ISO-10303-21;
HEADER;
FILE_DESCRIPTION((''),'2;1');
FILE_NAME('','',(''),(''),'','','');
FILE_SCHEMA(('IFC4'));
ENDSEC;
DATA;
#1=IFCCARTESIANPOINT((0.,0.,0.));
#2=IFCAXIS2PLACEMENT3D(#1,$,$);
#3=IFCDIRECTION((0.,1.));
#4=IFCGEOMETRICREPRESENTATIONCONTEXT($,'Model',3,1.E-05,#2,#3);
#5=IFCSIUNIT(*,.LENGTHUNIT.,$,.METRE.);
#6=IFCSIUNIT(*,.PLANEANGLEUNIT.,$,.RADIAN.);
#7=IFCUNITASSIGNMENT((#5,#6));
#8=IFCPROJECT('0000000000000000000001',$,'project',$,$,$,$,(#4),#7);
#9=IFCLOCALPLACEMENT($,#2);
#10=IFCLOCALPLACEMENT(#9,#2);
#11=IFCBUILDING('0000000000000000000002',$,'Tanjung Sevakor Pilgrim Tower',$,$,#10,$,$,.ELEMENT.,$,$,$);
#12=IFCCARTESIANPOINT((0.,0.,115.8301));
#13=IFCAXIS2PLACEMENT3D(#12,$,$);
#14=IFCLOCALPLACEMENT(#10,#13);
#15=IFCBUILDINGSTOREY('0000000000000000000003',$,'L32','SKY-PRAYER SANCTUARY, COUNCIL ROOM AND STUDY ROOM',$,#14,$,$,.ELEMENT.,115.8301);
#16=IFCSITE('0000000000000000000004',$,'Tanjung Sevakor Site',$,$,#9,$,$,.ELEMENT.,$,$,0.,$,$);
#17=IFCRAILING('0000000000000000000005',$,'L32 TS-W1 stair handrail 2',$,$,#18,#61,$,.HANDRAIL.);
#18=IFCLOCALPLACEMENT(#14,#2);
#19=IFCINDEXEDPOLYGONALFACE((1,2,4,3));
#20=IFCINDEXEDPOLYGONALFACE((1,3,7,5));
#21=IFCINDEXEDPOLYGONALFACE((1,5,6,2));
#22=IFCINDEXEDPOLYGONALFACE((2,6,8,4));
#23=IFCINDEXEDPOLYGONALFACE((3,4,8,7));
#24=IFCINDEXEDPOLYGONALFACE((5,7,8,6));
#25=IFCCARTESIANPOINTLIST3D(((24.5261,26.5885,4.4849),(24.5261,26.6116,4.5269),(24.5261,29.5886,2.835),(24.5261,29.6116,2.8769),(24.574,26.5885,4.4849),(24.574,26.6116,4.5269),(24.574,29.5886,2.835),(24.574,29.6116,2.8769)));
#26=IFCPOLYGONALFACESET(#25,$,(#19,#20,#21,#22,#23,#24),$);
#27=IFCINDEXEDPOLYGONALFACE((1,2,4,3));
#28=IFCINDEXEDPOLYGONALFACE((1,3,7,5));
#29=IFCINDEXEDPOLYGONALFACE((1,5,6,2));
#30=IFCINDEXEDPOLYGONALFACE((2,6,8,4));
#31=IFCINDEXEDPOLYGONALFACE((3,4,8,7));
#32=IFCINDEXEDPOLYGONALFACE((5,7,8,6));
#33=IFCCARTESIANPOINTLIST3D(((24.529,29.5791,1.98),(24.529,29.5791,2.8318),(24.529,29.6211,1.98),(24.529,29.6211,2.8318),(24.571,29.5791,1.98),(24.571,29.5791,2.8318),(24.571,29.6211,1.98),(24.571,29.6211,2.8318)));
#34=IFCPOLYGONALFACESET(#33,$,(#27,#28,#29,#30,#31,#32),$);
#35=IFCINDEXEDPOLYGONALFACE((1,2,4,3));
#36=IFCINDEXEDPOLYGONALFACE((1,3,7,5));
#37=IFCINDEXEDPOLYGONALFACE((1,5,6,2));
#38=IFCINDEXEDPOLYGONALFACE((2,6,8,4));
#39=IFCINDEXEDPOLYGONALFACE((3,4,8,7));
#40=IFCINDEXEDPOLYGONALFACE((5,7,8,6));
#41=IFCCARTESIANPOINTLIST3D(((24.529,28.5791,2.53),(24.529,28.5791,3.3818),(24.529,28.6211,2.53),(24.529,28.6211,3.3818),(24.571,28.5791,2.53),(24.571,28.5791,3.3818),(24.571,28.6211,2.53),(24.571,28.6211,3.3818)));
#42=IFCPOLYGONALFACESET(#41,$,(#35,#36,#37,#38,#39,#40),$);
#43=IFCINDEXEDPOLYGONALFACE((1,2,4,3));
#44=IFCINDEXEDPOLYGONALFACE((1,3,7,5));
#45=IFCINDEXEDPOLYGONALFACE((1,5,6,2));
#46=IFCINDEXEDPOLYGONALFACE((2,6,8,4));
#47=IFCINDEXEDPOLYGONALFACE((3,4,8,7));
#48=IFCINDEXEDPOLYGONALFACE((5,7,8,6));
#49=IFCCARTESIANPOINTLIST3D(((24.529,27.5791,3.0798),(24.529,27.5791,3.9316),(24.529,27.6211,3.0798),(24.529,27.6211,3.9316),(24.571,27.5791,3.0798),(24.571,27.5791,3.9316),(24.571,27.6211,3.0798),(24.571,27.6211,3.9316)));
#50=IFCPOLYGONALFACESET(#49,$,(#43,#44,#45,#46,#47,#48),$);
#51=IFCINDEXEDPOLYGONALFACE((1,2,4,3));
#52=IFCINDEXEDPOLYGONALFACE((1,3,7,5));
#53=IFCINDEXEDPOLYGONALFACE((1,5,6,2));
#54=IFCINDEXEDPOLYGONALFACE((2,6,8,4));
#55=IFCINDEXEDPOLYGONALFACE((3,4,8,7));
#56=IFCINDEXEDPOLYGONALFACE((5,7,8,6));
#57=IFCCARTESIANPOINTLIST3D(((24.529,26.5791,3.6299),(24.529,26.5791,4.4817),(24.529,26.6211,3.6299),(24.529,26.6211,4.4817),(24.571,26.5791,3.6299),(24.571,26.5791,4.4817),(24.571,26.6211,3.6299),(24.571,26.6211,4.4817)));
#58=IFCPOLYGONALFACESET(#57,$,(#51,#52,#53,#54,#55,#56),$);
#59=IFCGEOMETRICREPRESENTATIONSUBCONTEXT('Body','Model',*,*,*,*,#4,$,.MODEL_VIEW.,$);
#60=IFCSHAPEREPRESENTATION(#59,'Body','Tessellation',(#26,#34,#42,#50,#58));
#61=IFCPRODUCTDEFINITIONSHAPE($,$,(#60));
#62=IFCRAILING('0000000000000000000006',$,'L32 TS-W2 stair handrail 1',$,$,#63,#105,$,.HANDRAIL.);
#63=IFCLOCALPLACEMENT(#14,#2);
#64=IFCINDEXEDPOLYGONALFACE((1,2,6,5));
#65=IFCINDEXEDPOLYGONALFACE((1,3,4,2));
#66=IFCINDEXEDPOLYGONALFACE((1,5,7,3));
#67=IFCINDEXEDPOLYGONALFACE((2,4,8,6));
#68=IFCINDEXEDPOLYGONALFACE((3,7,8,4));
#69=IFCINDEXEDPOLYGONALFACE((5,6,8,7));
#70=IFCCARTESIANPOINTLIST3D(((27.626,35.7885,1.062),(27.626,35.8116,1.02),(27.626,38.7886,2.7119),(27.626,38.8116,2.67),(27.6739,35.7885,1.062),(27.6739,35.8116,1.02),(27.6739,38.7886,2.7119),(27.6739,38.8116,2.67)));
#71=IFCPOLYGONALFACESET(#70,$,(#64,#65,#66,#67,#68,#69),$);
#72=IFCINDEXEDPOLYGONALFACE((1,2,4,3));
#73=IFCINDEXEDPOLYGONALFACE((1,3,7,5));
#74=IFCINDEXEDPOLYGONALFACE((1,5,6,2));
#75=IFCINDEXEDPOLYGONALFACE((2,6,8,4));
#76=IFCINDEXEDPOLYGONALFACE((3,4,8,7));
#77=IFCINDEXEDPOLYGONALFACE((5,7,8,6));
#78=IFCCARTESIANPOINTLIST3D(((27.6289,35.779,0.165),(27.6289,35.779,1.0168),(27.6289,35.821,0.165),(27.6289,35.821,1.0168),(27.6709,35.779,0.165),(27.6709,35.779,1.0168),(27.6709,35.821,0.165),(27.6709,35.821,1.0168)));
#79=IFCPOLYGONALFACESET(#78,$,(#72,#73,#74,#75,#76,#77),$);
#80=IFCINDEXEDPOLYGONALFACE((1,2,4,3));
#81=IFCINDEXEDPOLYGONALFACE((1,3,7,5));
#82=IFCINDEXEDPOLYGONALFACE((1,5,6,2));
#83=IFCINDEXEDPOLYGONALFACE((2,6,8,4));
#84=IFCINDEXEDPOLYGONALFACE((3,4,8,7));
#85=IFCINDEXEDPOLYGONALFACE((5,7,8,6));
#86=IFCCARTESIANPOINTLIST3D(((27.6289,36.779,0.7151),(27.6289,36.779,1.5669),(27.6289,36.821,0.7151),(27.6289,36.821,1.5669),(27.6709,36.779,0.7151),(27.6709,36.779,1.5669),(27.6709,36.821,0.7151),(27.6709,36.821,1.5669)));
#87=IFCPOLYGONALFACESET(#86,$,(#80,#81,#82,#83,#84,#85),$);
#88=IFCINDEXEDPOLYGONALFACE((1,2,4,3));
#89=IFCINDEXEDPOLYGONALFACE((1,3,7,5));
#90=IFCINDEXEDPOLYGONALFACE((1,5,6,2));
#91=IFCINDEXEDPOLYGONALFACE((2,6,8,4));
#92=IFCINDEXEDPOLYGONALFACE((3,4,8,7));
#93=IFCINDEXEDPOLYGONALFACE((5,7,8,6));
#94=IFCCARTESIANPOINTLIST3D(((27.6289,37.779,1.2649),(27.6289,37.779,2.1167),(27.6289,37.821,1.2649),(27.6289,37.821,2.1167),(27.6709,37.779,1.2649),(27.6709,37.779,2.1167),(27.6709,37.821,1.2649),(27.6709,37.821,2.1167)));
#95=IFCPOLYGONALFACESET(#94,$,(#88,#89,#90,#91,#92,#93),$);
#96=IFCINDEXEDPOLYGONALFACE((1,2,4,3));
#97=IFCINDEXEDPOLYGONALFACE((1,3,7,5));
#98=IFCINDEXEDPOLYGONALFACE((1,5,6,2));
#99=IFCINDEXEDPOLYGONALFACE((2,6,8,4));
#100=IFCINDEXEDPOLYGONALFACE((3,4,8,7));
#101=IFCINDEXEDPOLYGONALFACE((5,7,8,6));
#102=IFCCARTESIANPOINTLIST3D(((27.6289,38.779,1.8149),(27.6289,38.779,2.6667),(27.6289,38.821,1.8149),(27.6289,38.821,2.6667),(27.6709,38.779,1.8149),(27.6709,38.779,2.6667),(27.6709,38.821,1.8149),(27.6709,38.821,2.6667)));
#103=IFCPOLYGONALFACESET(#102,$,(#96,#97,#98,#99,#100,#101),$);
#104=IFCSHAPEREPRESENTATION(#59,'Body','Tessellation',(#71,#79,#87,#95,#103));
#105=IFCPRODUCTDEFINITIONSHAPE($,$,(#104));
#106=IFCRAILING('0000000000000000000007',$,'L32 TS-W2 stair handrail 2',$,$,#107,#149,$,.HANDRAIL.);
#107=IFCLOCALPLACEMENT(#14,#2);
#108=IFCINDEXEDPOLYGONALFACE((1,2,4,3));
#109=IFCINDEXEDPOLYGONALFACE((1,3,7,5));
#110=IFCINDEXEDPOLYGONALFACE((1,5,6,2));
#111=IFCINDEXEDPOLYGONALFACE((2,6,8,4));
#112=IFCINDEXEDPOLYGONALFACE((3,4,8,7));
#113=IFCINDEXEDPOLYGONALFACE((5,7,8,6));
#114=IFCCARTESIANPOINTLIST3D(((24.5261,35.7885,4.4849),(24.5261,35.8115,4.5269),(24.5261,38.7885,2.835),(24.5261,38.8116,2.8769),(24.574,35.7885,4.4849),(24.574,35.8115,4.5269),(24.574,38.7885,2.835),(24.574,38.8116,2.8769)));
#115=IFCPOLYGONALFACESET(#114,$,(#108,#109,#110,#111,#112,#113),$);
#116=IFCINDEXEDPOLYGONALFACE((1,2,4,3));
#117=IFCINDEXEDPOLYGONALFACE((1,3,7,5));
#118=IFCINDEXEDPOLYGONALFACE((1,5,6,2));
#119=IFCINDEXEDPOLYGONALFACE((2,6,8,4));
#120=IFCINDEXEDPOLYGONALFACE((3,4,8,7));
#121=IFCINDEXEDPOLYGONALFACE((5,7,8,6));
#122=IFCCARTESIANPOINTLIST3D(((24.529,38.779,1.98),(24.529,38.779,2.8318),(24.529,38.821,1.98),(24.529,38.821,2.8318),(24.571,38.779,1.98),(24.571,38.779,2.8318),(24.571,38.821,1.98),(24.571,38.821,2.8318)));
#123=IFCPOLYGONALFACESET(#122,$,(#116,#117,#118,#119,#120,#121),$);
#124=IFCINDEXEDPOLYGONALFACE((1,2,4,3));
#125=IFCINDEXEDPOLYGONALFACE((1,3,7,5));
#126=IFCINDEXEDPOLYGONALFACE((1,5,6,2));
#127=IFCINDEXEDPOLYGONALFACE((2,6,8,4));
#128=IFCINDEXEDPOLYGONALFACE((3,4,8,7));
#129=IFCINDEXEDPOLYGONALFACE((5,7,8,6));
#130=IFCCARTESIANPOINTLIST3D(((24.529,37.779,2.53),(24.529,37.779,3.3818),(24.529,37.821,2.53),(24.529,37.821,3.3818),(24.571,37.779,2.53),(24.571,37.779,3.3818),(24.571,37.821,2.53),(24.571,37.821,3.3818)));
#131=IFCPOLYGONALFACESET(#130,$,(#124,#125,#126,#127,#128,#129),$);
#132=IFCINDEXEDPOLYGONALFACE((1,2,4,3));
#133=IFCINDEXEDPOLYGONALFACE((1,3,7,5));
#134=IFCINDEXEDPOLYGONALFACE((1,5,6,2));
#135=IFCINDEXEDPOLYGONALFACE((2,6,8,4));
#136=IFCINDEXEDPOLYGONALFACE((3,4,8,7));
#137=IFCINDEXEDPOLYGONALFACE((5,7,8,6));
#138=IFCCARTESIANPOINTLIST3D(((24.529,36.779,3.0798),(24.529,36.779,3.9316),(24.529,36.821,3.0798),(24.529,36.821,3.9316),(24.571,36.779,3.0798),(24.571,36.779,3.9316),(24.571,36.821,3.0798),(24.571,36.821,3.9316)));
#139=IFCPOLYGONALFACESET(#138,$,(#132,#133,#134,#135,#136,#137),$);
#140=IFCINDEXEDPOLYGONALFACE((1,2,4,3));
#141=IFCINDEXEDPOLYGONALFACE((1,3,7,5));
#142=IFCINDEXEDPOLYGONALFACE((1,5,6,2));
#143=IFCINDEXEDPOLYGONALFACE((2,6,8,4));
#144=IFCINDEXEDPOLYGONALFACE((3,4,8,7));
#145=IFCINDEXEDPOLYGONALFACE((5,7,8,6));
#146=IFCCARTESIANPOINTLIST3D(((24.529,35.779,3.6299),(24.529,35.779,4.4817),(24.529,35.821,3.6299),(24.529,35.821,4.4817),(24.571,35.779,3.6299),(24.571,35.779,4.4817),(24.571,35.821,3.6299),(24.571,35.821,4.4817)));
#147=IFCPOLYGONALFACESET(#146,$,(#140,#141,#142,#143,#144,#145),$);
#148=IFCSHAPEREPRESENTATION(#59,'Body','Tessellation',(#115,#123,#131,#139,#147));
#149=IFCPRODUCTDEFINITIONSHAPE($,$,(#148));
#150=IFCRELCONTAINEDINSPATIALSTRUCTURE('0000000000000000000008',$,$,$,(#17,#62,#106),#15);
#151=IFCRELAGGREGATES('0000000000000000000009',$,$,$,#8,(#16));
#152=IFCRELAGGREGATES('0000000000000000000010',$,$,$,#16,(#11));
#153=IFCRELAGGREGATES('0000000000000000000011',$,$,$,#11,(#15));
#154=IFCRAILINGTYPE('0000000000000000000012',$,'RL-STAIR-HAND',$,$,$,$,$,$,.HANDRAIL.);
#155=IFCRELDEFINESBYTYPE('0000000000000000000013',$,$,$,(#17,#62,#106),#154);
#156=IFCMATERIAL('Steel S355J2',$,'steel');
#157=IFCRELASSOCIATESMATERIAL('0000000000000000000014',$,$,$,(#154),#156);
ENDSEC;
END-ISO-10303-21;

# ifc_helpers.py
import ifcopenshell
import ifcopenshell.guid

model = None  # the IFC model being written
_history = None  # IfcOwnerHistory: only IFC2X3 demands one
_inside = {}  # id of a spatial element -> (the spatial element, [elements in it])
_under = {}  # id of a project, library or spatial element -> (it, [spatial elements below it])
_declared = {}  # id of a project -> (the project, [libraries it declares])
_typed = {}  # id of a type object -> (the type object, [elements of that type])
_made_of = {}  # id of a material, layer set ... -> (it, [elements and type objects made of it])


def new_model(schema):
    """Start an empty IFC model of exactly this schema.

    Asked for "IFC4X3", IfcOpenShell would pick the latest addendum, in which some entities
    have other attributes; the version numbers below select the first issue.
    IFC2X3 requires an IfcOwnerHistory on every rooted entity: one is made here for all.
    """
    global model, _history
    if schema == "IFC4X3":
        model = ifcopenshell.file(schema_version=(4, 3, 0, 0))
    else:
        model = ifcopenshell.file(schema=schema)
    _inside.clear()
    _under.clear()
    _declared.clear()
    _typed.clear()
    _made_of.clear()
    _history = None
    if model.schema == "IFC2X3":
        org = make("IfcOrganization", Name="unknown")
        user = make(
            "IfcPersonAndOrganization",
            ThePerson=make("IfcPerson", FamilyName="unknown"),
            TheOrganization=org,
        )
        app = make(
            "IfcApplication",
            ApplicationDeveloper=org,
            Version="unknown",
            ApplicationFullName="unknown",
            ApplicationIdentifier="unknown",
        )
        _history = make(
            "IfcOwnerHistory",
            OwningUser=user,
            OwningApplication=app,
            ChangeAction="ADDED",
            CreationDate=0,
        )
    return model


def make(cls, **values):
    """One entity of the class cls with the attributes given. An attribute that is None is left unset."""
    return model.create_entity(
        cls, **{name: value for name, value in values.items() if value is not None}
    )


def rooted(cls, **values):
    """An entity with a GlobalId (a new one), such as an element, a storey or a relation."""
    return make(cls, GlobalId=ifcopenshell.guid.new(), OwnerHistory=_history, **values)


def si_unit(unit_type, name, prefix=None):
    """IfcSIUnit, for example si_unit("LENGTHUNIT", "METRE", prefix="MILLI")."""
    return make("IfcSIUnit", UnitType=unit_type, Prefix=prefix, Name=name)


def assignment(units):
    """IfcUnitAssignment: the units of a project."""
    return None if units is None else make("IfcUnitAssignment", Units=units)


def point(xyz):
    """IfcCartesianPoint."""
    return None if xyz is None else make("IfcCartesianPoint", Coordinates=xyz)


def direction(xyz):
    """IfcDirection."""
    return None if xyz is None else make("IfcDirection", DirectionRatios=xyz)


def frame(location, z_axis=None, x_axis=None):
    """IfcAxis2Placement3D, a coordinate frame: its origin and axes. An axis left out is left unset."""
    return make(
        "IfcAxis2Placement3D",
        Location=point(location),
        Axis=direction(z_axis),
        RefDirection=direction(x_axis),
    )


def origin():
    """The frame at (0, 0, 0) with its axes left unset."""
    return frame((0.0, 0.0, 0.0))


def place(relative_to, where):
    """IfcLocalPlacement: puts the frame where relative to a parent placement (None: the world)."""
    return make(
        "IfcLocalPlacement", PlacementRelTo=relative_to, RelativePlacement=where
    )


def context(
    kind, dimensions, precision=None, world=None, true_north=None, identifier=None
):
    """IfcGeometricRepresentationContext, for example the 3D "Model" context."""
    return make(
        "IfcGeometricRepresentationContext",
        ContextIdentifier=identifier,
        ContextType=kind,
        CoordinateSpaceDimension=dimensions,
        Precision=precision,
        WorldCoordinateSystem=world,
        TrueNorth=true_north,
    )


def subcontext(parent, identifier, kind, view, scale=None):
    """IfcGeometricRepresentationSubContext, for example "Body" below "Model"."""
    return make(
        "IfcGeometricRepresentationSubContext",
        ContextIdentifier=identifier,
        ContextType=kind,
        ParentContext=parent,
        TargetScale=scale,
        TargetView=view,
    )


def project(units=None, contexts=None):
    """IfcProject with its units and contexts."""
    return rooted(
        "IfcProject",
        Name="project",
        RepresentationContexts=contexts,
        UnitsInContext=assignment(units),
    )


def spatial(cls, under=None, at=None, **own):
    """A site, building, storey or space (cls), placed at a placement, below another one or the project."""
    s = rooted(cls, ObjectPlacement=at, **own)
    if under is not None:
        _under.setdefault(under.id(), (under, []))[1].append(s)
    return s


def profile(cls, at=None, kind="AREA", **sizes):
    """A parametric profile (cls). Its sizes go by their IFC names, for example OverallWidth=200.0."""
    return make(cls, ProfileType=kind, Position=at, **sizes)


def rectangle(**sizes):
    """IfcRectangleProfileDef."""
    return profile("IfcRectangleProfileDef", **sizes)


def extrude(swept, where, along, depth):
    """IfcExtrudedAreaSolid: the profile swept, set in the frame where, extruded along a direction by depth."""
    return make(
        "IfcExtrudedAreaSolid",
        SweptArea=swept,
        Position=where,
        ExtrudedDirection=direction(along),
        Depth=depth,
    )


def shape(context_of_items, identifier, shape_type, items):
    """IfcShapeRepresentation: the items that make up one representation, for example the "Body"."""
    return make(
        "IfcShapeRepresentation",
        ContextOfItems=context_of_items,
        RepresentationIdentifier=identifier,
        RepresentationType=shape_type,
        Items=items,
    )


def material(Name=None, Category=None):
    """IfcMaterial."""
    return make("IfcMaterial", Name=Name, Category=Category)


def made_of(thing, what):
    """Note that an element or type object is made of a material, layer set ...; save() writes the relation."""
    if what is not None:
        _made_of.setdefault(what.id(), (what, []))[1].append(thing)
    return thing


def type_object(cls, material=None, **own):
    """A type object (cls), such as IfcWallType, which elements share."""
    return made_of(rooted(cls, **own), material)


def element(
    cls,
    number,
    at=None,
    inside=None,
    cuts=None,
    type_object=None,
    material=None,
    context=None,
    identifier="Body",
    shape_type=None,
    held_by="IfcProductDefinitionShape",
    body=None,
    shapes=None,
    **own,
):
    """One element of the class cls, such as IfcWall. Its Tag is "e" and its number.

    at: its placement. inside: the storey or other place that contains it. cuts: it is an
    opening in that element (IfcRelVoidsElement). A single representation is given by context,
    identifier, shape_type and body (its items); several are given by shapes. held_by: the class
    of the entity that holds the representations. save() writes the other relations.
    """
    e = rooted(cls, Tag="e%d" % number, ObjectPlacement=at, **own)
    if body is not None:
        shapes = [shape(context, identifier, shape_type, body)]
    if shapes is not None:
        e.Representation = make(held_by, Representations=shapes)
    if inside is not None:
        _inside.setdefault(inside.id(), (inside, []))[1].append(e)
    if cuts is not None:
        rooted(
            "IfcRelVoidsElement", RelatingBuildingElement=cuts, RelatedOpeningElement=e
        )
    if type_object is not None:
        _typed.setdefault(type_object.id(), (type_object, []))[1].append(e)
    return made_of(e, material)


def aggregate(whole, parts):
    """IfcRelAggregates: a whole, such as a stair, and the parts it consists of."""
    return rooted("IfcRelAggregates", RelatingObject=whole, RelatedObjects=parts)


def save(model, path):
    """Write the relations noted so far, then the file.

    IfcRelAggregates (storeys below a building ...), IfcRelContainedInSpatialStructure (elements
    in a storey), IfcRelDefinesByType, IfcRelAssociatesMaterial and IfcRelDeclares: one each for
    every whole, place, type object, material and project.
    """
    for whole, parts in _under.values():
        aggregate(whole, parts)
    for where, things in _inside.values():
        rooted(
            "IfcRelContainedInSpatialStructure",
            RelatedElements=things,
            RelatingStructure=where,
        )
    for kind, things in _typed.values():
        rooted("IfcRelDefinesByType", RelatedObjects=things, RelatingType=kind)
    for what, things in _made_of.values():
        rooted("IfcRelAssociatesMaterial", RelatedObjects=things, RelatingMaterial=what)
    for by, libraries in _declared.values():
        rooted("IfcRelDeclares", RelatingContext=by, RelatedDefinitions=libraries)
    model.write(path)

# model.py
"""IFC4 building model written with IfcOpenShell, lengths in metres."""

from ifc_helpers import new_model, si_unit, direction, frame, origin, place, context, subcontext, project, spatial, rectangle, extrude, material, type_object, element, save


model = new_model("IFC4")

# Units and contexts
model_context = context("Model", 3, precision=1e-05, world=origin(), true_north=direction((0.0, 1.0)))
body_context = subcontext(model_context, "Body", "Model", "MODEL_VIEW")
ifc_project = project(units=[si_unit("LENGTHUNIT", "METRE"), si_unit("PLANEANGLEUNIT", "RADIAN")], contexts=[model_context])

# Site, building, storey
site_placement = place(None, origin())
site = spatial("IfcSite", under=ifc_project, at=site_placement, Name="Tanjung Sevakor Site", CompositionType="ELEMENT", RefElevation=0.0)
building_placement = place(site_placement, origin())
building = spatial("IfcBuilding", under=site, at=building_placement, Name="Tanjung Sevakor Pilgrim Tower", CompositionType="ELEMENT")
storey_placement = place(building_placement, frame((0.0, 0.0, 115.8301)))
storey = spatial("IfcBuildingStorey", under=building, at=storey_placement, Name="L32", Description="SKY-PRAYER SANCTUARY, COUNCIL ROOM AND STUDY ROOM", CompositionType="ELEMENT", Elevation=115.8301)

# Railings
ifc_material_1 = material(Name="Steel S355J2", Category="steel")
railing_type_1 = type_object("IfcRailingType", Name="RL-STAIR-HAND", PredefinedType="HANDRAIL", material=ifc_material_1)
railing_1_placement = place(storey_placement, frame((24.55, 29.6001, 1.98)))
element("IfcRailing", 1, at=railing_1_placement, inside=storey, type_object=railing_type_1, Name="L32 TS-W1 stair handrail 2", PredefinedType="HANDRAIL", context=body_context, shape_type="SweptSolid", body=[
    extrude(rectangle(XDim=0.0479, YDim=0.0479), frame((0.0, 0.0, 0.876), z_axis=(0.0, -0.876228, 0.481897), x_axis=(1.0, 0.0, 0.0)), (0.0, 0.0, 1.0), 3.4238),
    extrude(rectangle(XDim=0.042, YDim=0.042), origin(), (0.0, 0.0, 1.0), 0.8518),
    extrude(rectangle(XDim=0.042, YDim=0.042), frame((0.0, -1.0, 0.55)), (0.0, 0.0, 1.0), 0.8518),
    extrude(rectangle(XDim=0.042, YDim=0.042), frame((0.0, -2.0, 1.0999)), (0.0, 0.0, 1.0), 0.8518),
    extrude(rectangle(XDim=0.042, YDim=0.042), frame((0.0, -3.0, 1.6499)), (0.0, 0.0, 1.0), 0.8518),
])
railing_2_placement = place(storey_placement, frame((27.6499, 35.8, 0.165)))
element("IfcRailing", 2, at=railing_2_placement, inside=storey, type_object=railing_type_1, Name="L32 TS-W2 stair handrail 1", PredefinedType="HANDRAIL", context=body_context, shape_type="SweptSolid", body=[
    extrude(rectangle(XDim=0.0479, YDim=0.0479), frame((0.0, 0.0, 0.876), z_axis=(0.0, 0.876228, 0.481897), x_axis=(-1.0, 0.0, 0.0)), (0.0, 0.0, 1.0), 3.4238),
    extrude(rectangle(XDim=0.042, YDim=0.042), origin(), (0.0, 0.0, 1.0), 0.8518),
    extrude(rectangle(XDim=0.042, YDim=0.042), frame((0.0, 1.0, 0.55)), (0.0, 0.0, 1.0), 0.8518),
    extrude(rectangle(XDim=0.042, YDim=0.042), frame((0.0, 2.0, 1.0999)), (0.0, 0.0, 1.0), 0.8518),
    extrude(rectangle(XDim=0.042, YDim=0.042), frame((0.0, 3.0, 1.6499)), (0.0, 0.0, 1.0), 0.8518),
])
railing_3_placement = place(storey_placement, frame((24.55, 38.8, 1.98)))
element("IfcRailing", 3, at=railing_3_placement, inside=storey, type_object=railing_type_1, Name="L32 TS-W2 stair handrail 2", PredefinedType="HANDRAIL", context=body_context, shape_type="SweptSolid", body=[
    extrude(rectangle(XDim=0.0479, YDim=0.0479), frame((0.0, 0.0, 0.876), z_axis=(0.0, -0.876228, 0.481897), x_axis=(1.0, 0.0, 0.0)), (0.0, 0.0, 1.0), 3.4238),
    extrude(rectangle(XDim=0.042, YDim=0.042), origin(), (0.0, 0.0, 1.0), 0.8518),
    extrude(rectangle(XDim=0.042, YDim=0.042), frame((0.0, -1.0, 0.55)), (0.0, 0.0, 1.0), 0.8518),
    extrude(rectangle(XDim=0.042, YDim=0.042), frame((0.0, -2.0, 1.0999)), (0.0, 0.0, 1.0), 0.8518),
    extrude(rectangle(XDim=0.042, YDim=0.042), frame((0.0, -3.0, 1.6499)), (0.0, 0.0, 1.0), 0.8518),
])

save(model, "model.ifc")
